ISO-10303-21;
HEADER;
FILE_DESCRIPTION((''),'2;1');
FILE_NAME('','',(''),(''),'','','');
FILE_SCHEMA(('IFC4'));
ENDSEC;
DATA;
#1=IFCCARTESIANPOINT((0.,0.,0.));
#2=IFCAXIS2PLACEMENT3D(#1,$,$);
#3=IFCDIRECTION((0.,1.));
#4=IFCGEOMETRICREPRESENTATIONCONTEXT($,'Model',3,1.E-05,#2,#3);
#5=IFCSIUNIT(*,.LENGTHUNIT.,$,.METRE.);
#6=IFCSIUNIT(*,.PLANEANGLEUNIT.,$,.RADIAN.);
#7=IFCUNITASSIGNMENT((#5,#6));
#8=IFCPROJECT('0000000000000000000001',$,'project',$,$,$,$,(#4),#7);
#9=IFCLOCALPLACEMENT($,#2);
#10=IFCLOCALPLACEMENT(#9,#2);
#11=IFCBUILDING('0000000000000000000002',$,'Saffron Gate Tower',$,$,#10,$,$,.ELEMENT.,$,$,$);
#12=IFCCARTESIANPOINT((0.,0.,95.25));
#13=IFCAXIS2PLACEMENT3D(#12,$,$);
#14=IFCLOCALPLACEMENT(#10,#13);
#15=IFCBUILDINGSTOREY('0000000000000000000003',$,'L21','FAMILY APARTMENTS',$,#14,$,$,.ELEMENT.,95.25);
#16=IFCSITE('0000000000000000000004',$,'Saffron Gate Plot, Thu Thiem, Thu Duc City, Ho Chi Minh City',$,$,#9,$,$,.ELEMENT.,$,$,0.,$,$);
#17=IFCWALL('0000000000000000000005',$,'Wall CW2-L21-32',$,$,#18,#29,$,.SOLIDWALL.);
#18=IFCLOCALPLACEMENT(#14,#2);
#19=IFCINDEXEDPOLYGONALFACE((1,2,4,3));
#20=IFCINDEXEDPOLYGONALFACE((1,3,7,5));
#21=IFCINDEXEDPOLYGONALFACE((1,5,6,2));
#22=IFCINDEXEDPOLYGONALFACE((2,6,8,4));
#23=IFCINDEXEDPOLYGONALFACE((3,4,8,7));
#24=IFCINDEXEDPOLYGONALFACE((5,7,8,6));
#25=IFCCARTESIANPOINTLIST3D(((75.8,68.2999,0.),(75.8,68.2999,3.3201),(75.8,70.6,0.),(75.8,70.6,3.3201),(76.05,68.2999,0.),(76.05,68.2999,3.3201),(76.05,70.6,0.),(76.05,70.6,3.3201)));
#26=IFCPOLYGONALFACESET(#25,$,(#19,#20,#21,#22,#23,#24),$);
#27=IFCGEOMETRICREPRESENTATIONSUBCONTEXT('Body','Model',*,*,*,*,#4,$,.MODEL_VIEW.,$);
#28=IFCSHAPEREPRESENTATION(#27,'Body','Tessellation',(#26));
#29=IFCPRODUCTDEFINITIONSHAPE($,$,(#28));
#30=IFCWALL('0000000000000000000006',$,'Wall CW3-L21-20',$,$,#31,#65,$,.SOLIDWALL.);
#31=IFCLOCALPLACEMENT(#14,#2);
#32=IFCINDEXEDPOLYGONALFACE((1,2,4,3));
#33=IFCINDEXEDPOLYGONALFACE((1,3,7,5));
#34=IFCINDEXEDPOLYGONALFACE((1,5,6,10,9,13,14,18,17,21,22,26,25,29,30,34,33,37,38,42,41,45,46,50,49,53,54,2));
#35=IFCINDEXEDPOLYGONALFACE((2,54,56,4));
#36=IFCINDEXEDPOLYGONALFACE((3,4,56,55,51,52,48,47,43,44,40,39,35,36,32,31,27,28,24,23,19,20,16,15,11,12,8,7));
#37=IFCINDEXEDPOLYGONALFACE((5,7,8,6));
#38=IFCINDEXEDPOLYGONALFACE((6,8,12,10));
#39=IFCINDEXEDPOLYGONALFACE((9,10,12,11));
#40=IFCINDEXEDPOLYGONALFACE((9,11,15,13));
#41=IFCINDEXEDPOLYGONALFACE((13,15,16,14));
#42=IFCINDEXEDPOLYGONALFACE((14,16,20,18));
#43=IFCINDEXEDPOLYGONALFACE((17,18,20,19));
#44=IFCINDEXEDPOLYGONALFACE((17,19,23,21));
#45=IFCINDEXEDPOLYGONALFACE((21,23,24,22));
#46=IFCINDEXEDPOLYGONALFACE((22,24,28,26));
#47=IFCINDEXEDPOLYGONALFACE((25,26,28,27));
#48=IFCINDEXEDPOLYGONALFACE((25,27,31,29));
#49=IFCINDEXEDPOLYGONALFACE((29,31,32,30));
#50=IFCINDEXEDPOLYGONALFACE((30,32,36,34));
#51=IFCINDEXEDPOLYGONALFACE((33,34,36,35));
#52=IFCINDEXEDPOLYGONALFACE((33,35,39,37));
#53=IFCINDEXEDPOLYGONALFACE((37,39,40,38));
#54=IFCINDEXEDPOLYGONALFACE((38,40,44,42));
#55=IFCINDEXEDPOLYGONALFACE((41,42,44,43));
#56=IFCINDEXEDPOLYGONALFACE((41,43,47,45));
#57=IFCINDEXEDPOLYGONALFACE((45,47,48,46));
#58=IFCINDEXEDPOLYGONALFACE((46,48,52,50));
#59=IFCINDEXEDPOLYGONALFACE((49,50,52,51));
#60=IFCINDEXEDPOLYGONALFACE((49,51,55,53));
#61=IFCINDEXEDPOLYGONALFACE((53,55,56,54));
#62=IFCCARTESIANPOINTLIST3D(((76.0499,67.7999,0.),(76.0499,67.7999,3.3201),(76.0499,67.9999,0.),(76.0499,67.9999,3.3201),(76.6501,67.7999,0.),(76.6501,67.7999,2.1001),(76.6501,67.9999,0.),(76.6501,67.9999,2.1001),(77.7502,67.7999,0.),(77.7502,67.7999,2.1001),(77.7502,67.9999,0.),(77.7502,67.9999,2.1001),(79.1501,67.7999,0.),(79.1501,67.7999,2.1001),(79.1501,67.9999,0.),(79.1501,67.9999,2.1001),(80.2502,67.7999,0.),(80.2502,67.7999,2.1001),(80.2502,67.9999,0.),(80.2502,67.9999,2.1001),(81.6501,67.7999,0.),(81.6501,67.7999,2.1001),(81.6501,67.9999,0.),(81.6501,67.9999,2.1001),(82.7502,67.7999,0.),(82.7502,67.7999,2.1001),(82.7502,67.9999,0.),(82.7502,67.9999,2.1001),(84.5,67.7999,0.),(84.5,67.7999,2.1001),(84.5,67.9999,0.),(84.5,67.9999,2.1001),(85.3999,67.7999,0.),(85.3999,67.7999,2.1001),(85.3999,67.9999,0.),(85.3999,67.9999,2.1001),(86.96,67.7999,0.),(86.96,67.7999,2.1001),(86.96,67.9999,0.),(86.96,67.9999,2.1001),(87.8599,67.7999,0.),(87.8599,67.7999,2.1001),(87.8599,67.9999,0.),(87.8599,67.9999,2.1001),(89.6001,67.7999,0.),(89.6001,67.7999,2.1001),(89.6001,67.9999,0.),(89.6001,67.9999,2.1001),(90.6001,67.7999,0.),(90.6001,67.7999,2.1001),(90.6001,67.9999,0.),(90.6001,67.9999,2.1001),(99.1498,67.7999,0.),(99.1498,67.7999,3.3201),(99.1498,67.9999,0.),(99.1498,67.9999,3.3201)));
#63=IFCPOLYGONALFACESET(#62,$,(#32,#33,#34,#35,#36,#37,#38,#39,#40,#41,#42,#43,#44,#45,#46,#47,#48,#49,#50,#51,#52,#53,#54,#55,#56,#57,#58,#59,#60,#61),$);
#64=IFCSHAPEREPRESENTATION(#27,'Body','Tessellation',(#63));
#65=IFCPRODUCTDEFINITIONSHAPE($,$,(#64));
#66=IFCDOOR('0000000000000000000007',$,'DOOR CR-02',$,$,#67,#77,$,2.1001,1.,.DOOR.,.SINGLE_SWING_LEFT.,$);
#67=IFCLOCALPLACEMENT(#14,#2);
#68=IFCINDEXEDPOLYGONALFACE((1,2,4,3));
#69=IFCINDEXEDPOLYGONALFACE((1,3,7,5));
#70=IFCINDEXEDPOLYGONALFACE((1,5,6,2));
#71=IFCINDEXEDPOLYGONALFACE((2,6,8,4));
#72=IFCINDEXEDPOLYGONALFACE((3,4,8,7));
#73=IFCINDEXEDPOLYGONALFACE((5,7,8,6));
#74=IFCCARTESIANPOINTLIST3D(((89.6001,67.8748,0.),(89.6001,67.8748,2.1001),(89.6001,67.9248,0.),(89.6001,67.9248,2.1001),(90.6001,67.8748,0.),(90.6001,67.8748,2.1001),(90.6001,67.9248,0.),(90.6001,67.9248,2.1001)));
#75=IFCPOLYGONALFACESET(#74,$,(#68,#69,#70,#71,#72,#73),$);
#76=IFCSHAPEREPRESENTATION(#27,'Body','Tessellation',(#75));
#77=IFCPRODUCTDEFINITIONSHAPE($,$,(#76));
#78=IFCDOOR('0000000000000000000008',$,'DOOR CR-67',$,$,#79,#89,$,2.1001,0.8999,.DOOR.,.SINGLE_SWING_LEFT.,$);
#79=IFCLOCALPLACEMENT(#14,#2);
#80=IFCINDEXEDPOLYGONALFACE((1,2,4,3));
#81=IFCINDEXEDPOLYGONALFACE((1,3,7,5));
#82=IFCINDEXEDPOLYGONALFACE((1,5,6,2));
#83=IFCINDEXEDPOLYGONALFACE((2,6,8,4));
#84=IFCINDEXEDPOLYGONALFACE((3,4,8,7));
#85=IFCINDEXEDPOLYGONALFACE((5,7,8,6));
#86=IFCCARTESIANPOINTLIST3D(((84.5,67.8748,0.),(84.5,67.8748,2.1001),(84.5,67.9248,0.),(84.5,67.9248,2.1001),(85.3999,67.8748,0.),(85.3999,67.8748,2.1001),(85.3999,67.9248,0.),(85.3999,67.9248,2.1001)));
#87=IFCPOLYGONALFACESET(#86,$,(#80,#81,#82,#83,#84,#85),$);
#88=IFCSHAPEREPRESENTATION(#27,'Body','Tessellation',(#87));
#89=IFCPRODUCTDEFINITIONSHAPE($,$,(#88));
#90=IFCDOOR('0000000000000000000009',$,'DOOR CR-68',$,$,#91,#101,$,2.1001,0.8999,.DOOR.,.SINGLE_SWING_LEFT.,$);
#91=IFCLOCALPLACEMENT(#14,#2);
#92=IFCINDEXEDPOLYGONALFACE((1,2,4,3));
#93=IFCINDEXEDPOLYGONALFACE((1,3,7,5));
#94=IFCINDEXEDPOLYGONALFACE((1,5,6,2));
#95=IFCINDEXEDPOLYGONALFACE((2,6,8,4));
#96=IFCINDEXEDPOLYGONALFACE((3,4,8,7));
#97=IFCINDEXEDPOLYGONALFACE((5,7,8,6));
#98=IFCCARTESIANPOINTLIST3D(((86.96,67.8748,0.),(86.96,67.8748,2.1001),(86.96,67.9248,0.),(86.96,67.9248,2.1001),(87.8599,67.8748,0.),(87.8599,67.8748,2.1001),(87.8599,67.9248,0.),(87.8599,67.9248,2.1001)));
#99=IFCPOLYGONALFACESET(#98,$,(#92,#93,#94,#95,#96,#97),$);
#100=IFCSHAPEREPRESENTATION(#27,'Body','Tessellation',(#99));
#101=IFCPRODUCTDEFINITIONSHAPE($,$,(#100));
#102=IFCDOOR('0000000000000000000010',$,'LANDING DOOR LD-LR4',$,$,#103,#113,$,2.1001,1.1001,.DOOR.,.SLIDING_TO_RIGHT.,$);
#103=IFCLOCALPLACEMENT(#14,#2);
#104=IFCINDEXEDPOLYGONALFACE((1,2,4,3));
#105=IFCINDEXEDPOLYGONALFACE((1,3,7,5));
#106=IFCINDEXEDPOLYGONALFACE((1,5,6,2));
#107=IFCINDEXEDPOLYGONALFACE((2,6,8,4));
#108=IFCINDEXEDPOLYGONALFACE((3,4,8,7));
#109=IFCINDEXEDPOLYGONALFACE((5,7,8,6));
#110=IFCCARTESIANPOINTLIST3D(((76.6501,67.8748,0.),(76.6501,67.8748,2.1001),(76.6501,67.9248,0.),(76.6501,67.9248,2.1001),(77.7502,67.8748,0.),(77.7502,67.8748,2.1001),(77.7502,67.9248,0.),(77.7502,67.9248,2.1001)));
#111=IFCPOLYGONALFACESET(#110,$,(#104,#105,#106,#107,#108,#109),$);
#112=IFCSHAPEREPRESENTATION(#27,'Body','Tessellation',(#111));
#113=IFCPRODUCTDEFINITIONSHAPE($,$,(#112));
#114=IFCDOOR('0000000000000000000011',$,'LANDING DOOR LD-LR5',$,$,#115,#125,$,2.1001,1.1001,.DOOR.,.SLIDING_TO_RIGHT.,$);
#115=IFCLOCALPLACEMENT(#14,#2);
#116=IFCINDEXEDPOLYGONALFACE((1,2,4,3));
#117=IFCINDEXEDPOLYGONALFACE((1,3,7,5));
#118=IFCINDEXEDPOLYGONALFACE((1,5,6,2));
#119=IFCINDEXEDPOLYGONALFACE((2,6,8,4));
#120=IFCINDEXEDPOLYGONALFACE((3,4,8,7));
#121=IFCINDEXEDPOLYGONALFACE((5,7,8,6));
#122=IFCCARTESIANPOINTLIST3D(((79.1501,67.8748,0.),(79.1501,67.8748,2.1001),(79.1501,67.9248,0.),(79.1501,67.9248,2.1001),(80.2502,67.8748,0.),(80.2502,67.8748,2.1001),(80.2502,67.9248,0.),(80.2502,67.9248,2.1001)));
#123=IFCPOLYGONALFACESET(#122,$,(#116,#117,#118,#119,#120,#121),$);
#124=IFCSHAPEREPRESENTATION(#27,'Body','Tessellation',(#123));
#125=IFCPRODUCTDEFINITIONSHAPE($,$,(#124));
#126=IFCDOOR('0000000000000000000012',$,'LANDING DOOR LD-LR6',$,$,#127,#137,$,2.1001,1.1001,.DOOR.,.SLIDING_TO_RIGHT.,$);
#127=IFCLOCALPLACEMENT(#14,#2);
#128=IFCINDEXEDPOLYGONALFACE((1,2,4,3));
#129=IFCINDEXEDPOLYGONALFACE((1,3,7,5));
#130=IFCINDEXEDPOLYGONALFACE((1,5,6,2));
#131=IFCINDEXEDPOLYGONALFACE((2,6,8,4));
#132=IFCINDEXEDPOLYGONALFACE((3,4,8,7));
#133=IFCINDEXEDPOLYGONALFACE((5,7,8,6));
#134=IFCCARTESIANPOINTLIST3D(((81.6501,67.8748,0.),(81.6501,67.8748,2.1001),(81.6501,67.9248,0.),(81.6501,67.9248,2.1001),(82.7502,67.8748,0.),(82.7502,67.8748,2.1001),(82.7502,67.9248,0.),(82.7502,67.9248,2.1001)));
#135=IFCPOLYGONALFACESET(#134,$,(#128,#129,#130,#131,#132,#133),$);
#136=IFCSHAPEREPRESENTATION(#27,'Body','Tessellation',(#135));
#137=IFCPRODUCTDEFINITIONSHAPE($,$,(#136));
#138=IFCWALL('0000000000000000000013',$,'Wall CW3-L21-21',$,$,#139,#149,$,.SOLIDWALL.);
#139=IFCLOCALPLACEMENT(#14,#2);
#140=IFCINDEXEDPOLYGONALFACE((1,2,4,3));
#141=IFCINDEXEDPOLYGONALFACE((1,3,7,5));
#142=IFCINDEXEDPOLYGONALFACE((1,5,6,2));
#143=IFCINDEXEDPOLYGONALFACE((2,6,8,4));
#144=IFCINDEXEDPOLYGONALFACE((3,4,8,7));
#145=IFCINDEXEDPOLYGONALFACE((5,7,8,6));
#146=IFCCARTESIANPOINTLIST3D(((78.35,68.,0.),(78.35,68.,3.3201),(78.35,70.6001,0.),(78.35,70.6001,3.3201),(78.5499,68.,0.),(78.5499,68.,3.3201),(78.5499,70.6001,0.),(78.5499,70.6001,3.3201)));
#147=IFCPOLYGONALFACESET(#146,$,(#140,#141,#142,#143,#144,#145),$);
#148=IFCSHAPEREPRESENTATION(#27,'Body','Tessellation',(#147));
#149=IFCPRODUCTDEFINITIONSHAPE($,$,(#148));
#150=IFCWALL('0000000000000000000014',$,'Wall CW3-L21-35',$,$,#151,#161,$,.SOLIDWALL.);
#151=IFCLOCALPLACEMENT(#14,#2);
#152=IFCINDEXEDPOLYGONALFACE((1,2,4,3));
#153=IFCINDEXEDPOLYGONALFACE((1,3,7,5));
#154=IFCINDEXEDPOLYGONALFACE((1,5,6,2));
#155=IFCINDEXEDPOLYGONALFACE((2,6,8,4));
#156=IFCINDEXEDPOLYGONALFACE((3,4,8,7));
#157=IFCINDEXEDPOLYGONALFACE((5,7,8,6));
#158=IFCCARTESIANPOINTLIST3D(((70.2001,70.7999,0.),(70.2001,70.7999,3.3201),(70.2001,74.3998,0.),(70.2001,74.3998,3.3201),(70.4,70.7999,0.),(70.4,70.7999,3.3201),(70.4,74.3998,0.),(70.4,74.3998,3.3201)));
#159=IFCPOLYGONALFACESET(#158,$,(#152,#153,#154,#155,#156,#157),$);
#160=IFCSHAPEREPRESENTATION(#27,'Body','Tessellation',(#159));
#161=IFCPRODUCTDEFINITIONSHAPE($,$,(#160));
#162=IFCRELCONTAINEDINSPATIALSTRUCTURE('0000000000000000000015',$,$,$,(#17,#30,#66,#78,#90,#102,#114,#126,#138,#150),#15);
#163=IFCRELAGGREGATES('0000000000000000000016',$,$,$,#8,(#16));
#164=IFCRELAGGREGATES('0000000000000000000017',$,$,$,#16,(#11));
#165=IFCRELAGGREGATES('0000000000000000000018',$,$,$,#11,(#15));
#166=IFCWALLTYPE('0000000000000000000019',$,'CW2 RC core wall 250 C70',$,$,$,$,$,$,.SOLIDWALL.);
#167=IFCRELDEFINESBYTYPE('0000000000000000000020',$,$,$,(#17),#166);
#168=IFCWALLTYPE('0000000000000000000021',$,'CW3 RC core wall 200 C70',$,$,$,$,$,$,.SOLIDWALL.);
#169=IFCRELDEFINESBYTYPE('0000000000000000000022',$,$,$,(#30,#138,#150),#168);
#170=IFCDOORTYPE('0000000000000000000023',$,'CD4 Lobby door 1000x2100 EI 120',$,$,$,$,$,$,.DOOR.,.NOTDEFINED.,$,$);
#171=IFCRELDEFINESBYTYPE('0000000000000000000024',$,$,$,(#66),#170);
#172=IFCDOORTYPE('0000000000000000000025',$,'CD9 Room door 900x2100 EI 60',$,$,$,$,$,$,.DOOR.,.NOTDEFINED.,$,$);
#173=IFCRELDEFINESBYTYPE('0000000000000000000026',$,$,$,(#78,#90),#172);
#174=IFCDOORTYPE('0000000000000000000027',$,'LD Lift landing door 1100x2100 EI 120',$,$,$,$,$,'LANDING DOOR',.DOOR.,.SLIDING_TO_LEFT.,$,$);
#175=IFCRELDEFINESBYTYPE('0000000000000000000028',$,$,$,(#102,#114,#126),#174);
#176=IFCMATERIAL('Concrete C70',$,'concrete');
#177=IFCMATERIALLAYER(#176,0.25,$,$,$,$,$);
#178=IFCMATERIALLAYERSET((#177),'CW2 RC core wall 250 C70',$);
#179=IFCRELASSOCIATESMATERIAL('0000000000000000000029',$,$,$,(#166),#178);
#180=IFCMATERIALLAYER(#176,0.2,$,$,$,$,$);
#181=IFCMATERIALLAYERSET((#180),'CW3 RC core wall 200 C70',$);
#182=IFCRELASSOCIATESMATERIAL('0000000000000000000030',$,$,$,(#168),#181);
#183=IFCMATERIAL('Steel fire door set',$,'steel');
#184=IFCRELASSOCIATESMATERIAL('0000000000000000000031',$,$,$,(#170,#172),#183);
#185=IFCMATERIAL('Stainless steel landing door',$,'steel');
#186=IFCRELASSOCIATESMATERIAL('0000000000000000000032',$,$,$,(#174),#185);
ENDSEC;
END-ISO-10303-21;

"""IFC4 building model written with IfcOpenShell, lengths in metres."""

from ifc_helpers import new_model, si_unit, direction, frame, frame_2d, origin, place, context, subcontext, project, spatial, rectangle, extrude, material, layer, layer_set, type_object, element, fill, save


model = new_model("IFC4")

# Units and contexts
model_context = context("Model", 3, precision=1e-05, world=origin(), true_north=direction((0.0, 1.0)))
body_context = subcontext(model_context, "Body", "Model", "MODEL_VIEW")
ifc_project = project(units=[si_unit("LENGTHUNIT", "METRE"), si_unit("PLANEANGLEUNIT", "RADIAN")], contexts=[model_context])

# Site, building, storey
site_placement = place(None, origin())
site = spatial("IfcSite", under=ifc_project, at=site_placement, Name="Saffron Gate Plot, Thu Thiem, Thu Duc City, Ho Chi Minh City", CompositionType="ELEMENT", RefElevation=0.0)
building_placement = place(site_placement, origin())
building = spatial("IfcBuilding", under=site, at=building_placement, Name="Saffron Gate Tower", CompositionType="ELEMENT")
storey_placement = place(building_placement, frame((0.0, 0.0, 95.25)))
storey = spatial("IfcBuildingStorey", under=building, at=storey_placement, Name="L21", Description="FAMILY APARTMENTS", CompositionType="ELEMENT", Elevation=95.25)

# Wall
ifc_material_1 = material(Name="Concrete C70", Category="concrete")
ifc_layer_1 = layer(ifc_material_1, 0.25)
ifc_layer_set_1 = layer_set([ifc_layer_1], Name="CW2 RC core wall 250 C70")
wall_type_1 = type_object("IfcWallType", Name="CW2 RC core wall 250 C70", PredefinedType="SOLIDWALL", material=ifc_layer_set_1)
wall_1_placement = place(storey_placement, frame((75.925, 68.3, 0.0), z_axis=(0.0, 0.0, 1.0), x_axis=(0.0, 1.0, 0.0)))
element("IfcWall", 1, at=wall_1_placement, inside=storey, type_object=wall_type_1, Name="Wall CW2-L21-32", PredefinedType="SOLIDWALL", context=body_context, shape_type="SweptSolid", body=[
    extrude(rectangle(XDim=2.3, YDim=0.25, at=frame_2d((1.1499, 0.0))), origin(), (0.0, 0.0, 1.0), 3.3201),
])

# Wall, openings, doors
ifc_layer_2 = layer(ifc_material_1, 0.2)
ifc_layer_set_2 = layer_set([ifc_layer_2], Name="CW3 RC core wall 200 C70")
wall_type_2 = type_object("IfcWallType", Name="CW3 RC core wall 200 C70", PredefinedType="SOLIDWALL", material=ifc_layer_set_2)
wall_2_placement = place(storey_placement, frame((76.05, 67.8999, 0.0), z_axis=(0.0, 0.0, 1.0), x_axis=(1.0, 0.0, 0.0)))
wall_2 = element("IfcWall", 2, at=wall_2_placement, inside=storey, type_object=wall_type_2, Name="Wall CW3-L21-20", PredefinedType="SOLIDWALL", context=body_context, shape_type="SweptSolid", body=[
    extrude(rectangle(XDim=23.0999, YDim=0.2, at=frame_2d((11.5498, 0.0))), origin(), (0.0, 0.0, 1.0), 3.3201),
])
opening_1_placement = place(wall_2_placement, frame((0.6001, 0.0, 0.0)))
opening_1 = element("IfcOpeningElement", 3, at=opening_1_placement, cuts=wall_2, PredefinedType="OPENING", context=body_context, shape_type="SweptSolid", body=[
    extrude(rectangle(XDim=1.1001, YDim=2.1001, at=frame_2d((0.55, 1.05))), frame((0.0, 0.1099, 0.0), z_axis=(0.0, -1.0, 0.0), x_axis=(1.0, 0.0, 0.0)), (0.0, 0.0, 1.0), 0.22),
])
opening_2_placement = place(wall_2_placement, frame((3.1001, 0.0, 0.0)))
opening_2 = element("IfcOpeningElement", 4, at=opening_2_placement, cuts=wall_2, PredefinedType="OPENING", context=body_context, shape_type="SweptSolid", body=[
    extrude(rectangle(XDim=1.1001, YDim=2.1001, at=frame_2d((0.55, 1.05))), frame((0.0, 0.1099, 0.0), z_axis=(0.0, -1.0, 0.0), x_axis=(1.0, 0.0, 0.0)), (0.0, 0.0, 1.0), 0.22),
])
opening_3_placement = place(wall_2_placement, frame((5.6001, 0.0, 0.0)))
opening_3 = element("IfcOpeningElement", 5, at=opening_3_placement, cuts=wall_2, PredefinedType="OPENING", context=body_context, shape_type="SweptSolid", body=[
    extrude(rectangle(XDim=1.1001, YDim=2.1001, at=frame_2d((0.55, 1.05))), frame((0.0, 0.1099, 0.0), z_axis=(0.0, -1.0, 0.0), x_axis=(1.0, 0.0, 0.0)), (0.0, 0.0, 1.0), 0.22),
])
opening_4_placement = place(wall_2_placement, frame((8.45, 0.0, 0.0)))
opening_4 = element("IfcOpeningElement", 6, at=opening_4_placement, cuts=wall_2, PredefinedType="OPENING", context=body_context, shape_type="SweptSolid", body=[
    extrude(rectangle(XDim=0.8999, YDim=2.1001, at=frame_2d((0.45, 1.05))), frame((0.0, 0.1099, 0.0), z_axis=(0.0, -1.0, 0.0), x_axis=(1.0, 0.0, 0.0)), (0.0, 0.0, 1.0), 0.22),
])
opening_5_placement = place(wall_2_placement, frame((10.9099, 0.0, 0.0)))
opening_5 = element("IfcOpeningElement", 7, at=opening_5_placement, cuts=wall_2, PredefinedType="OPENING", context=body_context, shape_type="SweptSolid", body=[
    extrude(rectangle(XDim=0.8999, YDim=2.1001, at=frame_2d((0.45, 1.05))), frame((0.0, 0.1099, 0.0), z_axis=(0.0, -1.0, 0.0), x_axis=(1.0, 0.0, 0.0)), (0.0, 0.0, 1.0), 0.22),
])
opening_6_placement = place(wall_2_placement, frame((13.55, 0.0, 0.0)))
opening_6 = element("IfcOpeningElement", 8, at=opening_6_placement, cuts=wall_2, PredefinedType="OPENING", context=body_context, shape_type="SweptSolid", body=[
    extrude(rectangle(XDim=1.0, YDim=2.1001, at=frame_2d((0.5, 1.05))), frame((0.0, 0.1099, 0.0), z_axis=(0.0, -1.0, 0.0), x_axis=(1.0, 0.0, 0.0)), (0.0, 0.0, 1.0), 0.22),
])
ifc_material_2 = material(Name="Steel fire door set", Category="steel")
door_type_1 = type_object("IfcDoorType", Name="CD4 Lobby door 1000x2100 EI 120", OperationType="NOTDEFINED", PredefinedType="DOOR", material=ifc_material_2)
door_1_placement = place(opening_6_placement, origin())
door_1 = element("IfcDoor", 9, at=door_1_placement, inside=storey, type_object=door_type_1, Name="DOOR CR-02", OperationType="SINGLE_SWING_LEFT", OverallHeight=2.1001, OverallWidth=1.0, PredefinedType="DOOR", context=body_context, shape_type="SweptSolid", body=[
    extrude(rectangle(XDim=1.0, YDim=2.1001, at=frame_2d((0.5, 1.05))), frame((0.0, 0.0249, 0.0), z_axis=(0.0, -1.0, 0.0), x_axis=(1.0, 0.0, 0.0)), (0.0, 0.0, 1.0), 0.05),
])
fill(opening_6, door_1)
door_type_2 = type_object("IfcDoorType", Name="CD9 Room door 900x2100 EI 60", OperationType="NOTDEFINED", PredefinedType="DOOR", material=ifc_material_2)
door_2_placement = place(opening_4_placement, origin())
door_2 = element("IfcDoor", 10, at=door_2_placement, inside=storey, type_object=door_type_2, Name="DOOR CR-67", OperationType="SINGLE_SWING_LEFT", OverallHeight=2.1001, OverallWidth=0.8999, PredefinedType="DOOR", context=body_context, shape_type="SweptSolid", body=[
    extrude(rectangle(XDim=0.8999, YDim=2.1001, at=frame_2d((0.45, 1.05))), frame((0.0, 0.0249, 0.0), z_axis=(0.0, -1.0, 0.0), x_axis=(1.0, 0.0, 0.0)), (0.0, 0.0, 1.0), 0.05),
])
fill(opening_4, door_2)
door_3_placement = place(opening_5_placement, origin())
door_3 = element("IfcDoor", 11, at=door_3_placement, inside=storey, type_object=door_type_2, Name="DOOR CR-68", OperationType="SINGLE_SWING_LEFT", OverallHeight=2.1001, OverallWidth=0.8999, PredefinedType="DOOR", context=body_context, shape_type="SweptSolid", body=[
    extrude(rectangle(XDim=0.8999, YDim=2.1001, at=frame_2d((0.45, 1.05))), frame((0.0, 0.0249, 0.0), z_axis=(0.0, -1.0, 0.0), x_axis=(1.0, 0.0, 0.0)), (0.0, 0.0, 1.0), 0.05),
])
fill(opening_5, door_3)
ifc_material_3 = material(Name="Stainless steel landing door", Category="steel")
door_type_3 = type_object("IfcDoorType", Name="LD Lift landing door 1100x2100 EI 120", ElementType="LANDING DOOR", OperationType="SLIDING_TO_LEFT", PredefinedType="DOOR", material=ifc_material_3)
door_4_placement = place(opening_1_placement, origin())
door_4 = element("IfcDoor", 12, at=door_4_placement, inside=storey, type_object=door_type_3, Name="LANDING DOOR LD-LR4", OperationType="SLIDING_TO_RIGHT", OverallHeight=2.1001, OverallWidth=1.1001, PredefinedType="DOOR", context=body_context, shape_type="SweptSolid", body=[
    extrude(rectangle(XDim=1.1001, YDim=2.1001, at=frame_2d((0.55, 1.05))), frame((0.0, 0.0249, 0.0), z_axis=(0.0, -1.0, 0.0), x_axis=(1.0, 0.0, 0.0)), (0.0, 0.0, 1.0), 0.05),
])
fill(opening_1, door_4)
door_5_placement = place(opening_2_placement, origin())
door_5 = element("IfcDoor", 13, at=door_5_placement, inside=storey, type_object=door_type_3, Name="LANDING DOOR LD-LR5", OperationType="SLIDING_TO_RIGHT", OverallHeight=2.1001, OverallWidth=1.1001, PredefinedType="DOOR", context=body_context, shape_type="SweptSolid", body=[
    extrude(rectangle(XDim=1.1001, YDim=2.1001, at=frame_2d((0.55, 1.05))), frame((0.0, 0.0249, 0.0), z_axis=(0.0, -1.0, 0.0), x_axis=(1.0, 0.0, 0.0)), (0.0, 0.0, 1.0), 0.05),
])
fill(opening_2, door_5)
door_6_placement = place(opening_3_placement, origin())
door_6 = element("IfcDoor", 14, at=door_6_placement, inside=storey, type_object=door_type_3, Name="LANDING DOOR LD-LR6", OperationType="SLIDING_TO_RIGHT", OverallHeight=2.1001, OverallWidth=1.1001, PredefinedType="DOOR", context=body_context, shape_type="SweptSolid", body=[
    extrude(rectangle(XDim=1.1001, YDim=2.1001, at=frame_2d((0.55, 1.05))), frame((0.0, 0.0249, 0.0), z_axis=(0.0, -1.0, 0.0), x_axis=(1.0, 0.0, 0.0)), (0.0, 0.0, 1.0), 0.05),
])
fill(opening_3, door_6)

# Walls
wall_3_placement = place(storey_placement, frame((78.45, 68.0, 0.0), z_axis=(0.0, 0.0, 1.0), x_axis=(0.0, 1.0, 0.0)))
element("IfcWall", 15, at=wall_3_placement, inside=storey, type_object=wall_type_2, Name="Wall CW3-L21-21", PredefinedType="SOLIDWALL", context=body_context, shape_type="SweptSolid", body=[
    extrude(rectangle(XDim=2.6001, YDim=0.2, at=frame_2d((1.3, 0.0))), origin(), (0.0, 0.0, 1.0), 3.3201),
])
wall_4_placement = place(storey_placement, frame((70.3, 70.8, 0.0), z_axis=(0.0, 0.0, 1.0), x_axis=(0.0, 1.0, 0.0)))
element("IfcWall", 16, at=wall_4_placement, inside=storey, type_object=wall_type_2, Name="Wall CW3-L21-35", PredefinedType="SOLIDWALL", context=body_context, shape_type="SweptSolid", body=[
    extrude(rectangle(XDim=3.5999, YDim=0.2, at=frame_2d((1.7998, 0.0))), origin(), (0.0, 0.0, 1.0), 3.3201),
])

save(model, "model.ifc")
